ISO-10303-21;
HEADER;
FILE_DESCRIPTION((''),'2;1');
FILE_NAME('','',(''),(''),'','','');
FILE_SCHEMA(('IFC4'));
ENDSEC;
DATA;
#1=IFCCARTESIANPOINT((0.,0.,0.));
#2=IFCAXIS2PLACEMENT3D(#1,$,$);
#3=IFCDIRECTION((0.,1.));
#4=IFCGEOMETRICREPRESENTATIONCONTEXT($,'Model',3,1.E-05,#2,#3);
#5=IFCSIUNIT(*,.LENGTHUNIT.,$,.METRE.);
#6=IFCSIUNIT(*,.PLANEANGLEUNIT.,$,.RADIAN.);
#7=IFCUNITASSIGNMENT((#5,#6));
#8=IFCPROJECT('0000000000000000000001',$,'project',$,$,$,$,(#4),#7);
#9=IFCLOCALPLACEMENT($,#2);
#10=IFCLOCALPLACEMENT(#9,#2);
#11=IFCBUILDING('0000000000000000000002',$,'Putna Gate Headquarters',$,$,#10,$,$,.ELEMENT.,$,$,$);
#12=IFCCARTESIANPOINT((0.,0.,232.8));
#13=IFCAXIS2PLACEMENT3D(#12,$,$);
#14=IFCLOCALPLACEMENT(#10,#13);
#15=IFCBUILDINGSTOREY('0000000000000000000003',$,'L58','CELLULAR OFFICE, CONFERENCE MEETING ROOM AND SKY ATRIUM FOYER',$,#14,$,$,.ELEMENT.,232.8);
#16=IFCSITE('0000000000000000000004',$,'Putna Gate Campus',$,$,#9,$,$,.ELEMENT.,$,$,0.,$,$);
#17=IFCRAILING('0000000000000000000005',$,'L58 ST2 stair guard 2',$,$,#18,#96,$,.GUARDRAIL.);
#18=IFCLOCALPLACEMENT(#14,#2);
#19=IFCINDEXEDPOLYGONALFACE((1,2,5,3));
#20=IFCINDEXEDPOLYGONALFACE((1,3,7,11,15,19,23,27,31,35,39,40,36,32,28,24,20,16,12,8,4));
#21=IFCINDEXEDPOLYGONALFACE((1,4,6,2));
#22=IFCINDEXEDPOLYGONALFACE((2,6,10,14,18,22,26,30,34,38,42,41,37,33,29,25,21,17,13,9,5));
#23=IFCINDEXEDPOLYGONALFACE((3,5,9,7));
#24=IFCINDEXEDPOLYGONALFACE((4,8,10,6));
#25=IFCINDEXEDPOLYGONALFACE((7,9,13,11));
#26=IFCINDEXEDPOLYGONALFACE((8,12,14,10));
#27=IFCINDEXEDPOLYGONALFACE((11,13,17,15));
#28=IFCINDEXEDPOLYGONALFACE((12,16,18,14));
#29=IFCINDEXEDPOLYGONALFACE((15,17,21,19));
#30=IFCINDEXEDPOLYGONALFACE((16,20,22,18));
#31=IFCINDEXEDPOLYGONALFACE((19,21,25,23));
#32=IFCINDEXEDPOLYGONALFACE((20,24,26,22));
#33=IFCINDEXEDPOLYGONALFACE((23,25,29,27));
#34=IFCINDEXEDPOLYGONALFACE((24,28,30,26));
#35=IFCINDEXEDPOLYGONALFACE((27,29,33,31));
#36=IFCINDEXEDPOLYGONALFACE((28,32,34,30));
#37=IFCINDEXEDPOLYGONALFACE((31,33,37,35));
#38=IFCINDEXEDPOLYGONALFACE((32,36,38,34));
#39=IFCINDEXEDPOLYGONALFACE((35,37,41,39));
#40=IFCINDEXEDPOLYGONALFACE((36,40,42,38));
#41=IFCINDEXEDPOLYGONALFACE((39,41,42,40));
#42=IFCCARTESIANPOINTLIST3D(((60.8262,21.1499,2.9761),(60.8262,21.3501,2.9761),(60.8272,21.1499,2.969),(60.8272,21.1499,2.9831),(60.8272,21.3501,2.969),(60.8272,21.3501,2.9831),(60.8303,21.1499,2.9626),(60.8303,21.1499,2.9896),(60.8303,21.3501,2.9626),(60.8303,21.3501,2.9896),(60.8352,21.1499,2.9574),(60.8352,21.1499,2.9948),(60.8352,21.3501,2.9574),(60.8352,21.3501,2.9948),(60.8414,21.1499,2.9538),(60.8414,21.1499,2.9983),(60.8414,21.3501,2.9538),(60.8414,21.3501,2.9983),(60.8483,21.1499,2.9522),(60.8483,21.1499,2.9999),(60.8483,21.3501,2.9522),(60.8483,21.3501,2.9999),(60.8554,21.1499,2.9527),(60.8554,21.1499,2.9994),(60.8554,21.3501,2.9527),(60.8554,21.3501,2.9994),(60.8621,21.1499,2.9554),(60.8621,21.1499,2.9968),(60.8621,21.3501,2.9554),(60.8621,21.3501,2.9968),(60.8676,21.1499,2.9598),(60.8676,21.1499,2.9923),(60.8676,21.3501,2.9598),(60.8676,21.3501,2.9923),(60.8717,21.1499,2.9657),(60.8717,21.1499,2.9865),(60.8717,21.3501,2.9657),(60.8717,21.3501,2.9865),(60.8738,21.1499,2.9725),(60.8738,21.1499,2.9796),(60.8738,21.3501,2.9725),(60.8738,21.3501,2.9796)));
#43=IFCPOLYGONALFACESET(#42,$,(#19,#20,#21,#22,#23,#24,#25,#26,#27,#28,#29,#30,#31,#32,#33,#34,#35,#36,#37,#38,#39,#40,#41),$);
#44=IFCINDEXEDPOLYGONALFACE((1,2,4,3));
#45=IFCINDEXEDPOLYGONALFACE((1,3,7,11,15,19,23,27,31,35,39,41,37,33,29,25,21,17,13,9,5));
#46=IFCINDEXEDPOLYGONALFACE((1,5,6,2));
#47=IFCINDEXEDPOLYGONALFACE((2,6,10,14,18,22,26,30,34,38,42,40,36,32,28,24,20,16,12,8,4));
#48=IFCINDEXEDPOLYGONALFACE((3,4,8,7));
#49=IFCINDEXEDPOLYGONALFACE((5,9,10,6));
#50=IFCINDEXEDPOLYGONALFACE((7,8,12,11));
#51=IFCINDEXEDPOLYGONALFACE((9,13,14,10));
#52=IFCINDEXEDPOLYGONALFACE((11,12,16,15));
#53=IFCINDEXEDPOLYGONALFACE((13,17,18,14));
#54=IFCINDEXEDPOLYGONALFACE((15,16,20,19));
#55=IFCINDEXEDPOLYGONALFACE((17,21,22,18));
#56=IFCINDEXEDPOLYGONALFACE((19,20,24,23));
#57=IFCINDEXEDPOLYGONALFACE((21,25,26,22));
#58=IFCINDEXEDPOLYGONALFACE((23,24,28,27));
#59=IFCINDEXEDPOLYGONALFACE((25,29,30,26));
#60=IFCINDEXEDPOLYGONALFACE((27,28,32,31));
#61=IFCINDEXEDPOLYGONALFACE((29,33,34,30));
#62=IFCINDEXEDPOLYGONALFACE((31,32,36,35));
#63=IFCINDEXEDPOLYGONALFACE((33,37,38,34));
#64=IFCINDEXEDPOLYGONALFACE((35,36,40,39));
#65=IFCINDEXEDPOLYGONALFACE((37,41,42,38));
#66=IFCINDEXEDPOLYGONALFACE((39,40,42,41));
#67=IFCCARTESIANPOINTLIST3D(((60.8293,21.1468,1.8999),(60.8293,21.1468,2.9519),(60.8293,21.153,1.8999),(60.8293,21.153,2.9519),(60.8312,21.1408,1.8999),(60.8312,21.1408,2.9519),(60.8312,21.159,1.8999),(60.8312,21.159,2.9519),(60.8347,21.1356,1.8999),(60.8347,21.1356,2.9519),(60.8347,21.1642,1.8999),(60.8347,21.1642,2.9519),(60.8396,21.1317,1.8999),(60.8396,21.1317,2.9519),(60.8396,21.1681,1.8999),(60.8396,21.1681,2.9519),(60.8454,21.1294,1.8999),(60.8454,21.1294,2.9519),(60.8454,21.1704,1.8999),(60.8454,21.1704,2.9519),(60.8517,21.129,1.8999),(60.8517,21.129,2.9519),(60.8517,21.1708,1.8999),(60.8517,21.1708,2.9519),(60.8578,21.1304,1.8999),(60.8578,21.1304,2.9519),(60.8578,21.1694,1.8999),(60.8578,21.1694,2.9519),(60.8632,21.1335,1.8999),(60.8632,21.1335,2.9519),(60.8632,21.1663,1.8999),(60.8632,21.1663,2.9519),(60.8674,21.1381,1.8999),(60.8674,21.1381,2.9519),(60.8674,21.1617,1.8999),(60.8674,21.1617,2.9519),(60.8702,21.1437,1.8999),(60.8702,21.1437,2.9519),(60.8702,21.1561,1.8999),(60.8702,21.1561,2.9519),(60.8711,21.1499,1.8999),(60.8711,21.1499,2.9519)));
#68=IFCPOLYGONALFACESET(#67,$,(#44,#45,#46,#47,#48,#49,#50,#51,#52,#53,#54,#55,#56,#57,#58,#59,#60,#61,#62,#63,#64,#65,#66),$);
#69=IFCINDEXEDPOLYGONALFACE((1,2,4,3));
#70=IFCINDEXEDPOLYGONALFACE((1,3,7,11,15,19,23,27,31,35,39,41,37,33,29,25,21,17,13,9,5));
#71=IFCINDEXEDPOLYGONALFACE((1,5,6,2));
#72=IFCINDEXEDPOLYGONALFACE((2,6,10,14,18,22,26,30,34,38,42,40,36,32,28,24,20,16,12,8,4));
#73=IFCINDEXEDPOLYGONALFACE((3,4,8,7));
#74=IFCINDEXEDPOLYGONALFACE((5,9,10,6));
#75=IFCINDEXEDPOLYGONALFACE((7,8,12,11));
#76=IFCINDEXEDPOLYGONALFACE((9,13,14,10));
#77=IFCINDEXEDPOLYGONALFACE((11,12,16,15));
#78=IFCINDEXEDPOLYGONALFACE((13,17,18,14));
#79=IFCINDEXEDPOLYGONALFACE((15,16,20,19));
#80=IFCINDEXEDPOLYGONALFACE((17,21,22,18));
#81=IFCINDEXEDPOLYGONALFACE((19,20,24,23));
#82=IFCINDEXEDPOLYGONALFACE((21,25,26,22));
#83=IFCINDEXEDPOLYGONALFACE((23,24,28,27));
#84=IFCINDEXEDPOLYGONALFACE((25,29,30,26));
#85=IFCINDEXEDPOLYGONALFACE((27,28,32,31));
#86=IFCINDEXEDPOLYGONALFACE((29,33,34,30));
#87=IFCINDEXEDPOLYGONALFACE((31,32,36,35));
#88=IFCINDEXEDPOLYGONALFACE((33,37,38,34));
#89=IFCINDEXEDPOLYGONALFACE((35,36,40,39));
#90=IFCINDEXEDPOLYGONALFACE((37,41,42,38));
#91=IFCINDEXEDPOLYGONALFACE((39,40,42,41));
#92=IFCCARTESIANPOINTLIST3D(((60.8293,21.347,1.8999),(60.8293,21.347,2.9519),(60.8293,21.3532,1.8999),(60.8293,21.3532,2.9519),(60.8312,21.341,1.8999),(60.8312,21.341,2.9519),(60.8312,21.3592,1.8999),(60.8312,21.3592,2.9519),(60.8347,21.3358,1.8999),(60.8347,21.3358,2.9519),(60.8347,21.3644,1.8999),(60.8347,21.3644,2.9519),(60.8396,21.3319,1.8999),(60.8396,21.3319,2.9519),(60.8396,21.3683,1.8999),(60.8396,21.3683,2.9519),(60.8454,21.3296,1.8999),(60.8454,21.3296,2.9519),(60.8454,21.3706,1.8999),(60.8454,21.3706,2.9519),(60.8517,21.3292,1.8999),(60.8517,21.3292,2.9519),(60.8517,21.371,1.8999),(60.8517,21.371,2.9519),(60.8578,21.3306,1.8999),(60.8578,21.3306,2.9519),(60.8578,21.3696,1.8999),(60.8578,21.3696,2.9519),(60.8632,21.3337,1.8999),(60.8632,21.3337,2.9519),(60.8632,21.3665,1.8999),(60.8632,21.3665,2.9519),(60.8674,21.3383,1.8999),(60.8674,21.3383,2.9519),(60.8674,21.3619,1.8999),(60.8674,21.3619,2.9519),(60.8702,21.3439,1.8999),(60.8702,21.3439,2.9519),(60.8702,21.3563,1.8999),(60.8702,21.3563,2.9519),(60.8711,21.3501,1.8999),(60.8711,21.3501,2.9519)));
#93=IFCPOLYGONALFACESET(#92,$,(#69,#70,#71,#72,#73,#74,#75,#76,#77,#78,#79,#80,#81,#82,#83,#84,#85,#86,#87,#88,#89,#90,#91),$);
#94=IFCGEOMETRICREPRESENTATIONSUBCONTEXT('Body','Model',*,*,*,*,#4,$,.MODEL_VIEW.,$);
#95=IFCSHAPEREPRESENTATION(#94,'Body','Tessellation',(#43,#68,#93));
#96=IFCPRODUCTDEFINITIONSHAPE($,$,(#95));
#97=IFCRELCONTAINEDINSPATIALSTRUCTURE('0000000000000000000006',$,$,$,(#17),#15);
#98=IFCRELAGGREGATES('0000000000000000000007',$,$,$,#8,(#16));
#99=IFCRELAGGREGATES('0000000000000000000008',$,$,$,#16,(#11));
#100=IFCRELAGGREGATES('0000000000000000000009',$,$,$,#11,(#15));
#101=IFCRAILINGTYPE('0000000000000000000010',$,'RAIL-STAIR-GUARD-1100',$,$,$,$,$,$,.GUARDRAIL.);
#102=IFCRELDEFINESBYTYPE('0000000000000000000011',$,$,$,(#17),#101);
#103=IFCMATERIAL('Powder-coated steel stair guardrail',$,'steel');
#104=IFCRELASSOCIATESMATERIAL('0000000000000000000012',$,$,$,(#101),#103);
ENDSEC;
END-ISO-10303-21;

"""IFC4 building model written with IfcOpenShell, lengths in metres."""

from ifc_helpers import new_model, si_unit, direction, frame, origin, origin_2d, place, context, subcontext, project, spatial, circle, extrude, material, type_object, element, save


model = new_model("IFC4")

# Units and contexts
model_context = context("Model", 3, precision=1e-05, world=origin(), true_north=direction((0.0, 1.0)))
body_context = subcontext(model_context, "Body", "Model", "MODEL_VIEW")
ifc_project = project(units=[si_unit("LENGTHUNIT", "METRE"), si_unit("PLANEANGLEUNIT", "RADIAN")], contexts=[model_context])

# Site, building, storey
site_placement = place(None, origin())
site = spatial("IfcSite", under=ifc_project, at=site_placement, Name="Putna Gate Campus", CompositionType="ELEMENT", RefElevation=0.0)
building_placement = place(site_placement, origin())
building = spatial("IfcBuilding", under=site, at=building_placement, Name="Putna Gate Headquarters", CompositionType="ELEMENT")
storey_placement = place(building_placement, frame((0.0, 0.0, 232.8)))
storey = spatial("IfcBuildingStorey", under=building, at=storey_placement, Name="L58", Description="CELLULAR OFFICE, CONFERENCE MEETING ROOM AND SKY ATRIUM FOYER", CompositionType="ELEMENT", Elevation=232.8)

# Railing
ifc_material_1 = material(Name="Powder-coated steel stair guardrail", Category="steel")
railing_type_1 = type_object("IfcRailingType", Name="RAIL-STAIR-GUARD-1100", PredefinedType="GUARDRAIL", material=ifc_material_1)
railing_1_placement = place(storey_placement, frame((60.8501, 21.1499, 1.8999)))
element("IfcRailing", 1, at=railing_1_placement, inside=storey, type_object=railing_type_1, Name="L58 ST2 stair guard 2", PredefinedType="GUARDRAIL", context=body_context, shape_type="SweptSolid", body=[
    extrude(circle(Radius=0.0239, at=origin_2d()), frame((0.0, 0.0, 1.0762), z_axis=(0.0, 1.0, 0.0), x_axis=(-1.0, 0.0, 0.0)), (0.0, 0.0, 1.0), 0.2002),
    extrude(circle(Radius=0.021, at=origin_2d()), origin(), (0.0, 0.0, 1.0), 1.052),
    extrude(circle(Radius=0.021, at=origin_2d()), frame((0.0, 0.2002, 0.0)), (0.0, 0.0, 1.0), 1.052),
])

save(model, "model.ifc")
